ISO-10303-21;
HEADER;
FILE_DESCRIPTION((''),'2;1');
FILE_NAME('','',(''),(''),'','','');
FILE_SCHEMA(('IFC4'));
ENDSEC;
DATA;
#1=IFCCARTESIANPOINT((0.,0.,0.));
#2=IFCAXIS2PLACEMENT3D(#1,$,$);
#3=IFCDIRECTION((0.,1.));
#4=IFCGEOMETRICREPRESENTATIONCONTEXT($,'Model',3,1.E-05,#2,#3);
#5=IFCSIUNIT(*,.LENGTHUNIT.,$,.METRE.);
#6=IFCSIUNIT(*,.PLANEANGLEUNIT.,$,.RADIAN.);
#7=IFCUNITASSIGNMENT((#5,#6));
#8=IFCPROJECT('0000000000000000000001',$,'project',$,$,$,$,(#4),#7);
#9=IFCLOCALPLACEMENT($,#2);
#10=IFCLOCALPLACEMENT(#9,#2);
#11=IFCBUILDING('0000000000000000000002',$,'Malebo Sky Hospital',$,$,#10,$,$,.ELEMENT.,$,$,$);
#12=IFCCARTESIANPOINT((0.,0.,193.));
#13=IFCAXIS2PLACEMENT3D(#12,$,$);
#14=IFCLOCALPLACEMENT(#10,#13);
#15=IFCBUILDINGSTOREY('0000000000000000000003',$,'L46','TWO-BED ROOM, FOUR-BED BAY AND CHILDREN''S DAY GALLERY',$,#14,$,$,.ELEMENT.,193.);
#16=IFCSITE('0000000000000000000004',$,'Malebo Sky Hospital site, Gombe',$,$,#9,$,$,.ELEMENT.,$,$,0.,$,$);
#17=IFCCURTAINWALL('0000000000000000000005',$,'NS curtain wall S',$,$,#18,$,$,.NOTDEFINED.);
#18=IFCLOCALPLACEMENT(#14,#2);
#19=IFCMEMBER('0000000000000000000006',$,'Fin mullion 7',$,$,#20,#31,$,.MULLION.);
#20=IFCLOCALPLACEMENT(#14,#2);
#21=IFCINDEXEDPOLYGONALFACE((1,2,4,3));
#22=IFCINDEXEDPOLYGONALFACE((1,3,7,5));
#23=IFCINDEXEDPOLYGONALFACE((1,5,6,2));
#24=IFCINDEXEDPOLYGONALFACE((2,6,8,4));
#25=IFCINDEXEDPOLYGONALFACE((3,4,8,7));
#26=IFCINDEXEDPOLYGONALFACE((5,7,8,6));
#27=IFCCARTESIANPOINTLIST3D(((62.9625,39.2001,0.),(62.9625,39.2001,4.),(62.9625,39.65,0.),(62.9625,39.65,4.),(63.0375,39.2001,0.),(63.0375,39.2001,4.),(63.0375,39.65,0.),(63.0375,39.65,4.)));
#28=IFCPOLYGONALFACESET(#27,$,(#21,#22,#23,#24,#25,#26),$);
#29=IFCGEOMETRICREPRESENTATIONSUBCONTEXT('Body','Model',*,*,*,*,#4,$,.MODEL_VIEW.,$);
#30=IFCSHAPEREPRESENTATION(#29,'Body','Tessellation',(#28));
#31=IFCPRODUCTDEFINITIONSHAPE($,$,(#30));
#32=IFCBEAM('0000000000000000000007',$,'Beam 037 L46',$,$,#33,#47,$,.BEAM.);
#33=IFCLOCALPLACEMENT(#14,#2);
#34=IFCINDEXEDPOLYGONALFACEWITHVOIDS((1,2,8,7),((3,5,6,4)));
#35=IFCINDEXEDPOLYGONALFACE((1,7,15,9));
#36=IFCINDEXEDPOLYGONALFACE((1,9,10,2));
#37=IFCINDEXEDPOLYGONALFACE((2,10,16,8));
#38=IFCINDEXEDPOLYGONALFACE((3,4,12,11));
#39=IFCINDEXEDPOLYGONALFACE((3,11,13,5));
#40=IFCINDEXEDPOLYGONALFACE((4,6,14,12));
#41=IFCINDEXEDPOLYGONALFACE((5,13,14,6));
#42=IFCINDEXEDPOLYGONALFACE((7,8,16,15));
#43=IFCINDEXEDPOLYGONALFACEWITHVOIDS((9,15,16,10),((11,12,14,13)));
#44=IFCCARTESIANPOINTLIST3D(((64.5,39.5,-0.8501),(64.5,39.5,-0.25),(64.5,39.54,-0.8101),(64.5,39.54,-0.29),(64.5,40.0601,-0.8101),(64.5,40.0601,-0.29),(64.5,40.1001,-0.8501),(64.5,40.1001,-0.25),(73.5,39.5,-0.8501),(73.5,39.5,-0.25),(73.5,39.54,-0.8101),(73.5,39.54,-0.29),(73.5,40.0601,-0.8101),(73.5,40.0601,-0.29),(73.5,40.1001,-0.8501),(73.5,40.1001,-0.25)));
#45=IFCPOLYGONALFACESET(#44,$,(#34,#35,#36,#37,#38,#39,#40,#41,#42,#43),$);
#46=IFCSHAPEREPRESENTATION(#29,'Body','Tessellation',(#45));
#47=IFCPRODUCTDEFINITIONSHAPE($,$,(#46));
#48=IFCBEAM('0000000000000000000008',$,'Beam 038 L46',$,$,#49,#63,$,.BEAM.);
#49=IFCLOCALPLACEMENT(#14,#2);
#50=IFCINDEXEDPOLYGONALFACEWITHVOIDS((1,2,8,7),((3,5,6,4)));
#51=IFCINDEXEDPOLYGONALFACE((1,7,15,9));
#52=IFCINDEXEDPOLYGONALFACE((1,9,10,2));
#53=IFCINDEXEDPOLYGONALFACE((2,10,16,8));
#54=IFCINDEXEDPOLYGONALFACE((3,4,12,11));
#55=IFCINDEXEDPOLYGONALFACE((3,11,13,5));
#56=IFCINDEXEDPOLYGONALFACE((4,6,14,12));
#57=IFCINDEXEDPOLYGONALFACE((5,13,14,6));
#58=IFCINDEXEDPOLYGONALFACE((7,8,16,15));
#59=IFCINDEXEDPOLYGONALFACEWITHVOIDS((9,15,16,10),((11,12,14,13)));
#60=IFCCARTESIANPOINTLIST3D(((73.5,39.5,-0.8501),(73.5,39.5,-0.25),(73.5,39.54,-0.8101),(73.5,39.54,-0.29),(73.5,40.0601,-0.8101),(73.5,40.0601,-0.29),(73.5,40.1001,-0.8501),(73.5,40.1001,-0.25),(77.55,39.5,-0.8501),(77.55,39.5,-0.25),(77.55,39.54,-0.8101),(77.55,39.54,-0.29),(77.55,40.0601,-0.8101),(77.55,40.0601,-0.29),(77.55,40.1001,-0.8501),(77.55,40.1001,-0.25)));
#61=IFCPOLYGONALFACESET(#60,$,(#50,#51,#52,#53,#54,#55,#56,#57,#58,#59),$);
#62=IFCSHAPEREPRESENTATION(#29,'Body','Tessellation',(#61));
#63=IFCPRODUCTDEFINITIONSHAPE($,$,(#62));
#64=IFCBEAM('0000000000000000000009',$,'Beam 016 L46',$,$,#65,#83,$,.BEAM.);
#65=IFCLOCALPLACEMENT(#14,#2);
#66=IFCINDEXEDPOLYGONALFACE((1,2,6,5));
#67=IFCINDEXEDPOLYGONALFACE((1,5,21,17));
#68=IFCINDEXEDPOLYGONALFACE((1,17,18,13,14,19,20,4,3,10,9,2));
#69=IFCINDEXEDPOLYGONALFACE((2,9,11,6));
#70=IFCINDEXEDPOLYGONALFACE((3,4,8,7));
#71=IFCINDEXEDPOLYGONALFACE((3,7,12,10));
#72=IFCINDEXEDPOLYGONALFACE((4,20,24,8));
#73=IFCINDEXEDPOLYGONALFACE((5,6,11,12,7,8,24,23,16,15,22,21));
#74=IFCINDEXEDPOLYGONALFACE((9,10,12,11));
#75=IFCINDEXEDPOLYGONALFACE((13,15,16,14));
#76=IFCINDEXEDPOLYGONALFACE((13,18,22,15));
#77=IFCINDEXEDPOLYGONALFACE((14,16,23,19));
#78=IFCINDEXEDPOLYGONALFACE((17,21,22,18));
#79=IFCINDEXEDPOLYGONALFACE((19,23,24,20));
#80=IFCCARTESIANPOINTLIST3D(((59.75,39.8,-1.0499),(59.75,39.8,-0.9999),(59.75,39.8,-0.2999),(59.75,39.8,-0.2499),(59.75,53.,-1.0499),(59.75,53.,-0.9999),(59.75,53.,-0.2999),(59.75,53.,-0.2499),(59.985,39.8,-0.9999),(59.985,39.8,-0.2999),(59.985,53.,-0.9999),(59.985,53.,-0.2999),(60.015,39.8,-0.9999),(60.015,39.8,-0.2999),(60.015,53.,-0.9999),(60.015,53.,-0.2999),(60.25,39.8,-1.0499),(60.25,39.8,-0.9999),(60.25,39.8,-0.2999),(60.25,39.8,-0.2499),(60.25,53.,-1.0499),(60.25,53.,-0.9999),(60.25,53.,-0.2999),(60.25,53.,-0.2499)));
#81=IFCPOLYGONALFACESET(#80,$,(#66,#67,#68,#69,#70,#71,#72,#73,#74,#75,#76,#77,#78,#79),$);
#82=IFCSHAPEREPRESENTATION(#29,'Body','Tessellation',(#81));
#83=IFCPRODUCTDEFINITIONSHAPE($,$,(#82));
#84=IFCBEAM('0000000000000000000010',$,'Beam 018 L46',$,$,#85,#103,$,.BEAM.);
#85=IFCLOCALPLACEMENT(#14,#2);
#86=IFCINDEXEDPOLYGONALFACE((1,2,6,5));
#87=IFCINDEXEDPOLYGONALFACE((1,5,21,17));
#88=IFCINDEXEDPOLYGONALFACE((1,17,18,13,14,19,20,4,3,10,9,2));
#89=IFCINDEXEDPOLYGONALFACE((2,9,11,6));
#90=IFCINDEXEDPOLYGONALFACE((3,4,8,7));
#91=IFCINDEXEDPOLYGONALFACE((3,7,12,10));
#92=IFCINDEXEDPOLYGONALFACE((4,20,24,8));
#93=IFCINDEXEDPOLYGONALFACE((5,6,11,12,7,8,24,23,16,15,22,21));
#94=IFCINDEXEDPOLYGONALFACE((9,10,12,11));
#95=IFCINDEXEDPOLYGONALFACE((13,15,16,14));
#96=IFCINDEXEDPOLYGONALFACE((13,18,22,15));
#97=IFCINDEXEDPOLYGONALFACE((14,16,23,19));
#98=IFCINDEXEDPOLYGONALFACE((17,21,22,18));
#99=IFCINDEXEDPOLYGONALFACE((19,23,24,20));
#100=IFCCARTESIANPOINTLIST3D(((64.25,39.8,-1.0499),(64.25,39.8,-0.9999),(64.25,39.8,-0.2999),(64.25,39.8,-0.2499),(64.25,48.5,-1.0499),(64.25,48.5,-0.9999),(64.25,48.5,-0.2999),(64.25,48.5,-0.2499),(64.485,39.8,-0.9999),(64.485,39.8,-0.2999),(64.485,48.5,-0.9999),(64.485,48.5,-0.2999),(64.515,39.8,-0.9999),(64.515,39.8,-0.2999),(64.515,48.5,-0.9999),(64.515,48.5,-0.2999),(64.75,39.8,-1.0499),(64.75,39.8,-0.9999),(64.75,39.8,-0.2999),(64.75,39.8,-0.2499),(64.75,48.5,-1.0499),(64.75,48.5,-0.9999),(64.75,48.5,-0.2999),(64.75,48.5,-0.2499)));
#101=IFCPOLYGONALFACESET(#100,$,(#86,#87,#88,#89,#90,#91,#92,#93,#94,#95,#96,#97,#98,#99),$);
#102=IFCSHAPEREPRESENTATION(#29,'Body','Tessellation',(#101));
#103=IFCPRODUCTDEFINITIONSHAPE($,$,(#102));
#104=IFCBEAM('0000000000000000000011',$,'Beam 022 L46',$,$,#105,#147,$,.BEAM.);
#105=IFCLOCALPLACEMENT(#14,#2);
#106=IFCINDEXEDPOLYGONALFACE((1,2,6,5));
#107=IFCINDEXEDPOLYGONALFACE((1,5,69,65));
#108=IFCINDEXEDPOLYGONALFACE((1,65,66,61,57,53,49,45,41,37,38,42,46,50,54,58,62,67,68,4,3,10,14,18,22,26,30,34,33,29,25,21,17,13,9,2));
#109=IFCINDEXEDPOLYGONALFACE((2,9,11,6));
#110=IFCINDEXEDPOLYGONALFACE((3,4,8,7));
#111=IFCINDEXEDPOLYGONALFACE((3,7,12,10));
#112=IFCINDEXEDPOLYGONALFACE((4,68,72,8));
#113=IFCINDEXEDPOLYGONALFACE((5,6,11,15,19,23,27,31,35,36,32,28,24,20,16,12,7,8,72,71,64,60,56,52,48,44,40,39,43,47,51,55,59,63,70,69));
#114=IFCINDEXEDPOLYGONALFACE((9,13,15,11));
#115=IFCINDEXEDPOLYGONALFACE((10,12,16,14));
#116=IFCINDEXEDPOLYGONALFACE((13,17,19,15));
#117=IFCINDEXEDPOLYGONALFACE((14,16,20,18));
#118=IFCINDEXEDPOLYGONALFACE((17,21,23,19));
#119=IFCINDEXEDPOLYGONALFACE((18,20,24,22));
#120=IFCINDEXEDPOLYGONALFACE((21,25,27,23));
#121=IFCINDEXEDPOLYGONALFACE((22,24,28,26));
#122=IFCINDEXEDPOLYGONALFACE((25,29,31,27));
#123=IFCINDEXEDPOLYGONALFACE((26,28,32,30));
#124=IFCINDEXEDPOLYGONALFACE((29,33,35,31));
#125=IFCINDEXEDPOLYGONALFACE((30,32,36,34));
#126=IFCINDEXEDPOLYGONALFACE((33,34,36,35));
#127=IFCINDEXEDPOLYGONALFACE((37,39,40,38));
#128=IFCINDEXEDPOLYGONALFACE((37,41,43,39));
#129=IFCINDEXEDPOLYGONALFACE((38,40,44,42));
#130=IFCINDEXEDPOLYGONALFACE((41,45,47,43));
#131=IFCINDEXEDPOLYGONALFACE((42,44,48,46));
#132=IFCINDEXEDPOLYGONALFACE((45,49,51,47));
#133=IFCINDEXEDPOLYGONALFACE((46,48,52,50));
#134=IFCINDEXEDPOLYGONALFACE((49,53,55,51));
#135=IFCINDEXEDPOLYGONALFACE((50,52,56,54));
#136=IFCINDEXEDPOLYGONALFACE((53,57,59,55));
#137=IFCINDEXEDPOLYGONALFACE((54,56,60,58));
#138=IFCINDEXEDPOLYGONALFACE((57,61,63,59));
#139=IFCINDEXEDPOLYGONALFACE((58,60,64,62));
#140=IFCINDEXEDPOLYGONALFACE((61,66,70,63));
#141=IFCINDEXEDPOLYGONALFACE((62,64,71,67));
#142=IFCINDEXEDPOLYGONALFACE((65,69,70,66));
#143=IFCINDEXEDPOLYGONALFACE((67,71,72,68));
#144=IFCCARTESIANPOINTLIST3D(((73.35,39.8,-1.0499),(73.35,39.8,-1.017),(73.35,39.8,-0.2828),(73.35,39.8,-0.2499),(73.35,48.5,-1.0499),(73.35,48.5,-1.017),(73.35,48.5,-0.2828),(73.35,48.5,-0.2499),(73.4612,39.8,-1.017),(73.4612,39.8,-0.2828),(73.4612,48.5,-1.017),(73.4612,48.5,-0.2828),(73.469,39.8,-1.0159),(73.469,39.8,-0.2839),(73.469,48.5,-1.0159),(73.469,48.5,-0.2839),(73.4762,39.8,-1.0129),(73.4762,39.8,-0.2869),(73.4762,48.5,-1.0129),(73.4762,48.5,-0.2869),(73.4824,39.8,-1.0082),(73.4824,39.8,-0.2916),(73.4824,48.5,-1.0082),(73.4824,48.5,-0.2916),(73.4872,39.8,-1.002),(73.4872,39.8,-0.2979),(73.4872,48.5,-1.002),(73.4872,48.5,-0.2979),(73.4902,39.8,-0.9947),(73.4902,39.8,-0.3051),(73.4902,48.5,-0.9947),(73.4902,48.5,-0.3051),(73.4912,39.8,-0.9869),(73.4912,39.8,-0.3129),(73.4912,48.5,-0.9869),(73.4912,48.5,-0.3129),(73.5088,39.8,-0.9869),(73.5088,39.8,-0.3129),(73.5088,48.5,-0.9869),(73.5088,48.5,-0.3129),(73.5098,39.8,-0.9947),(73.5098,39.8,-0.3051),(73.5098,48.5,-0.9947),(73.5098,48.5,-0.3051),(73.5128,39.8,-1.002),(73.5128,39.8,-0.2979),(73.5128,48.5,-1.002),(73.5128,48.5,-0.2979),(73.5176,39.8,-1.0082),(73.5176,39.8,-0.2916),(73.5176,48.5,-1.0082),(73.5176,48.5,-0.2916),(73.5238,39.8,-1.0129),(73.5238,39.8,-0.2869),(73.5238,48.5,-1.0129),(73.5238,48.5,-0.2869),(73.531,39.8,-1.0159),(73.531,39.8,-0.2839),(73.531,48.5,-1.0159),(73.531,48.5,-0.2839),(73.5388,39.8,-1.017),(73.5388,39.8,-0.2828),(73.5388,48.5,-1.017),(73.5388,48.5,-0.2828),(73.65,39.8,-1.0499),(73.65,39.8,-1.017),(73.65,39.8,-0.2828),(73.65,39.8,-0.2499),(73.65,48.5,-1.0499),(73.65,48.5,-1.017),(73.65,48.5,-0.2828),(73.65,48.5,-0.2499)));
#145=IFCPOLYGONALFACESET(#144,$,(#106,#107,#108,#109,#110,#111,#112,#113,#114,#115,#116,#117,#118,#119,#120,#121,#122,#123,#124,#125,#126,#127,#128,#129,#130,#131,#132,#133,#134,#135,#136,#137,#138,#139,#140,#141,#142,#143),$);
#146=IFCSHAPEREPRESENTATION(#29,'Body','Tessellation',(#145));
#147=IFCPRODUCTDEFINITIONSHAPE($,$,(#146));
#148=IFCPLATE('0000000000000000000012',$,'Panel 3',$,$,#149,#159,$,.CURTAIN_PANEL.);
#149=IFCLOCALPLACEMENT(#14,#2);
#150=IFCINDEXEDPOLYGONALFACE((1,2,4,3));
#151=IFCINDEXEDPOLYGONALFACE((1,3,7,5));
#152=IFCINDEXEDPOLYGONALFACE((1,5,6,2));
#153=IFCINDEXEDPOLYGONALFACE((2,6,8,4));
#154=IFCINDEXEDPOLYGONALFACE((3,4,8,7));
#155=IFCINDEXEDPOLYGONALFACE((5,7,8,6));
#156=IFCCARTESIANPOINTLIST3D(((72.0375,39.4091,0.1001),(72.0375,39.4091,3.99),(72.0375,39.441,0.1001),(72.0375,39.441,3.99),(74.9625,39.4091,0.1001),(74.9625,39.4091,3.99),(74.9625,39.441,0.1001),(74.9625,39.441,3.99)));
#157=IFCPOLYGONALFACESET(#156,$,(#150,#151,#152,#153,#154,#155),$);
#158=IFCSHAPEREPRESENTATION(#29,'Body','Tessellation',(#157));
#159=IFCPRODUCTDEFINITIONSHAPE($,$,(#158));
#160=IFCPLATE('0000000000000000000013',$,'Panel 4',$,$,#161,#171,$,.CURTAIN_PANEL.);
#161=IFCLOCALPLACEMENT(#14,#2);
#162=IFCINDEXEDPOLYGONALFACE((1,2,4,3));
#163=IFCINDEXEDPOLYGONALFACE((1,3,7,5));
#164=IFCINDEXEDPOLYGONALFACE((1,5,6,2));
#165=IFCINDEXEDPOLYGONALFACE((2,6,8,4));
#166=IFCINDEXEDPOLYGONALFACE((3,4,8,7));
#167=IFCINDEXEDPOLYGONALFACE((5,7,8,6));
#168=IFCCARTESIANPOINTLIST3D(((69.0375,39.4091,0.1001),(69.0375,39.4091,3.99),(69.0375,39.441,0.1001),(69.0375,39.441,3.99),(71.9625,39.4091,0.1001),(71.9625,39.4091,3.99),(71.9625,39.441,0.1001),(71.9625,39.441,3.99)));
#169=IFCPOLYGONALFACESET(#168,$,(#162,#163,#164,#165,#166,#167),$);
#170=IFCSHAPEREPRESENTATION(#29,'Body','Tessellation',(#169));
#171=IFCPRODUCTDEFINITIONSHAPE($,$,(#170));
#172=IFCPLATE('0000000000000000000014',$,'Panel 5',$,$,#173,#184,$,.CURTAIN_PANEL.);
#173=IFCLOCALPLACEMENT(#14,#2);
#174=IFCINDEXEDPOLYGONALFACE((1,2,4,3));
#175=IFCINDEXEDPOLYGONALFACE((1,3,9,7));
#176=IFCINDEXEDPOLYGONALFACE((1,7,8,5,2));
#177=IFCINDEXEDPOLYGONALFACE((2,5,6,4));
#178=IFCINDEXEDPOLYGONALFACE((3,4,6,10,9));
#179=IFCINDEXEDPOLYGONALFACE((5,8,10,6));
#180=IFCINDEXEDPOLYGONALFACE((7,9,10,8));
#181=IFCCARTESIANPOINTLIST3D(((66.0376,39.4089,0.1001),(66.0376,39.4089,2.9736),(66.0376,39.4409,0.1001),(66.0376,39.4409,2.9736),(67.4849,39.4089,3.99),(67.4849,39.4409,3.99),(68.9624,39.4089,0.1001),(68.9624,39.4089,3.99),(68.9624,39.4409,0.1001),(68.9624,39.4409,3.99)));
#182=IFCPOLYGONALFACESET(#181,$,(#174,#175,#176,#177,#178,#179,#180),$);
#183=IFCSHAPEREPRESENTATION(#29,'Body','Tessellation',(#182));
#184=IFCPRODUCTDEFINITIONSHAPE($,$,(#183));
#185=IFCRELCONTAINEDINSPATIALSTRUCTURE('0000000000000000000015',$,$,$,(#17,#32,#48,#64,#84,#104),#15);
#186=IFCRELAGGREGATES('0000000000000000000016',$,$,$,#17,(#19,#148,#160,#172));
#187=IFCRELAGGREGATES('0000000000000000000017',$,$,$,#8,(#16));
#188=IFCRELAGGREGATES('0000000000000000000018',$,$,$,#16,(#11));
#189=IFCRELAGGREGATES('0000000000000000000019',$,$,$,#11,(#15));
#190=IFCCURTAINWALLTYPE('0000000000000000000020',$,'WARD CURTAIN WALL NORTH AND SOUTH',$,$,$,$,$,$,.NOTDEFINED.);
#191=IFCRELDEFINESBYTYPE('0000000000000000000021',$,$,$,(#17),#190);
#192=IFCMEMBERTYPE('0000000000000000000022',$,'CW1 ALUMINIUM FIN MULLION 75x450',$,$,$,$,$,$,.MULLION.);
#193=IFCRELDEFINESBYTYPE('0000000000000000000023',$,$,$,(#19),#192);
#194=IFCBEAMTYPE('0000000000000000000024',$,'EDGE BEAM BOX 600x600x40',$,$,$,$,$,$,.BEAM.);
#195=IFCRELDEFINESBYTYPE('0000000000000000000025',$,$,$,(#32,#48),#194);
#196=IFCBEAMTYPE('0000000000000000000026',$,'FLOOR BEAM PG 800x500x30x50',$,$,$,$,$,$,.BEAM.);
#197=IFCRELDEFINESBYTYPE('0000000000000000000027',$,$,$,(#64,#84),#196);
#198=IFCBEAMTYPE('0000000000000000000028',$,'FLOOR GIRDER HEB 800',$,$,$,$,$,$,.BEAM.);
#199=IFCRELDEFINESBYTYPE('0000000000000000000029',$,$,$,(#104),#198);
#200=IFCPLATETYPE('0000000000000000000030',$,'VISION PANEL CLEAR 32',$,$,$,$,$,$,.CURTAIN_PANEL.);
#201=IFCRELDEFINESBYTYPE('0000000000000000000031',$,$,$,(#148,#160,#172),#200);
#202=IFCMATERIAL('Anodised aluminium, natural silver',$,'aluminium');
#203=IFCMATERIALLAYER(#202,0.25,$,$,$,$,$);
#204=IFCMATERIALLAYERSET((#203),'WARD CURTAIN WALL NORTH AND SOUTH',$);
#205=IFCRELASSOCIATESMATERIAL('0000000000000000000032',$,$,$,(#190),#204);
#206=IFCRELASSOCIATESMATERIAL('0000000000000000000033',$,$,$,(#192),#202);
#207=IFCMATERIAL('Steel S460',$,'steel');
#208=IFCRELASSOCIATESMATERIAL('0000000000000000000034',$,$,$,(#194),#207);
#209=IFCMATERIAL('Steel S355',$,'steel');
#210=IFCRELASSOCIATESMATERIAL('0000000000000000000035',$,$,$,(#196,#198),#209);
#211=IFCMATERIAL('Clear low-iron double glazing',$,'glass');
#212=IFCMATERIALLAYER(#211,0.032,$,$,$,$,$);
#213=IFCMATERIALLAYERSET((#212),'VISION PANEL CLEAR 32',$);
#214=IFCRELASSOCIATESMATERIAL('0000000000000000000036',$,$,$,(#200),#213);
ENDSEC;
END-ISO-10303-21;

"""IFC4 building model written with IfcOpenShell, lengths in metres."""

from ifc_helpers import new_model, si_unit, direction, frame, origin, origin_2d, place, context, subcontext, project, spatial, polyline, rectangle, hollow_rectangle, i_section, outline, extrude, material, layer, layer_set, material_profile, profile_set, type_object, element, aggregate, save


model = new_model("IFC4")

# Units and contexts
model_context = context("Model", 3, precision=1e-05, world=origin(), true_north=direction((0.0, 1.0)))
body_context = subcontext(model_context, "Body", "Model", "MODEL_VIEW")
ifc_project = project(units=[si_unit("LENGTHUNIT", "METRE"), si_unit("PLANEANGLEUNIT", "RADIAN")], contexts=[model_context])

# Site, building, storey
site_placement = place(None, origin())
site = spatial("IfcSite", under=ifc_project, at=site_placement, Name="Malebo Sky Hospital site, Gombe", CompositionType="ELEMENT", RefElevation=0.0)
building_placement = place(site_placement, origin())
building = spatial("IfcBuilding", under=site, at=building_placement, Name="Malebo Sky Hospital", CompositionType="ELEMENT")
storey_placement = place(building_placement, frame((0.0, 0.0, 193.0)))
storey = spatial("IfcBuildingStorey", under=building, at=storey_placement, Name="L46", Description="TWO-BED ROOM, FOUR-BED BAY AND CHILDREN'S DAY GALLERY", CompositionType="ELEMENT", Elevation=193.0)

# Shared definitions
ifc_material_1 = material(Name="Steel S460", Category="steel")

# Curtain wall
ifc_material_2 = material(Name="Anodised aluminium, natural silver", Category="aluminium")
ifc_layer_1 = layer(ifc_material_2, 0.25)
ifc_layer_set_1 = layer_set([ifc_layer_1], Name="WARD CURTAIN WALL NORTH AND SOUTH")
curtain_wall_type = type_object("IfcCurtainWallType", Name="WARD CURTAIN WALL NORTH AND SOUTH", PredefinedType="NOTDEFINED", material=ifc_layer_set_1)
curtain_wall_placement = place(storey_placement, origin())
curtain_wall = element("IfcCurtainWall", 1, at=curtain_wall_placement, inside=storey, type_object=curtain_wall_type, Name="NS curtain wall S", PredefinedType="NOTDEFINED")

# Shared definitions
ifc_material_3 = material(Name="Steel S355", Category="steel")

# Member
ifc_material_profile_1 = material_profile(ifc_material_2, rectangle(XDim=0.075, YDim=0.45, at=origin_2d()), Name="CW1 ALUMINIUM FIN MULLION 75x450")
ifc_profile_set_1 = profile_set([ifc_material_profile_1], Name="Anodised aluminium, natural silver")
member_type_1 = type_object("IfcMemberType", Name="CW1 ALUMINIUM FIN MULLION 75x450", PredefinedType="MULLION", material=ifc_profile_set_1)
member_1_placement = place(storey_placement, frame((63.0, 39.425, 0.0), z_axis=(0.0, 0.0, 1.0), x_axis=(-1.0, 0.0, 0.0)))
member_1 = element("IfcMember", 2, at=member_1_placement, type_object=member_type_1, Name="Fin mullion 7", PredefinedType="MULLION", context=body_context, shape_type="SweptSolid", body=[
    extrude(rectangle(XDim=0.075, YDim=0.45, at=origin_2d()), origin(), (0.0, 0.0, 1.0), 4.0),
])

# Beams
ifc_material_profile_2 = material_profile(ifc_material_1, hollow_rectangle(XDim=0.6001, YDim=0.6001, WallThickness=0.04, at=origin_2d()), Name="BOX 600x600x40")
ifc_profile_set_2 = profile_set([ifc_material_profile_2], Name="Steel S460")
beam_type_1 = type_object("IfcBeamType", Name="EDGE BEAM BOX 600x600x40", PredefinedType="BEAM", material=ifc_profile_set_2)
beam_1_placement = place(storey_placement, frame((64.5, 39.8, -0.55), z_axis=(1.0, 0.0, 0.0), x_axis=(0.0, 1.0, 0.0)))
element("IfcBeam", 3, at=beam_1_placement, inside=storey, type_object=beam_type_1, Name="Beam 037 L46", PredefinedType="BEAM", context=body_context, shape_type="SweptSolid", body=[
    extrude(hollow_rectangle(XDim=0.6001, YDim=0.6001, WallThickness=0.04, at=origin_2d()), origin(), (0.0, 0.0, 1.0), 9.0),
])
beam_2_placement = place(storey_placement, frame((73.5, 39.8, -0.55), z_axis=(1.0, 0.0, 0.0), x_axis=(0.0, 1.0, 0.0)))
element("IfcBeam", 4, at=beam_2_placement, inside=storey, type_object=beam_type_1, Name="Beam 038 L46", PredefinedType="BEAM", context=body_context, shape_type="SweptSolid", body=[
    extrude(hollow_rectangle(XDim=0.6001, YDim=0.6001, WallThickness=0.04, at=origin_2d()), origin(), (0.0, 0.0, 1.0), 4.05),
])
ifc_material_profile_3 = material_profile(ifc_material_3, i_section(OverallWidth=0.5, OverallDepth=0.8, WebThickness=0.03, FlangeThickness=0.05, at=origin_2d()), Name="PG 800x500x30x50")
ifc_profile_set_3 = profile_set([ifc_material_profile_3], Name="Steel S355")
beam_type_2 = type_object("IfcBeamType", Name="FLOOR BEAM PG 800x500x30x50", PredefinedType="BEAM", material=ifc_profile_set_3)
beam_3_placement = place(storey_placement, frame((60.0, 39.8, -0.6499), z_axis=(0.0, 1.0, 0.0), x_axis=(-1.0, 0.0, 0.0)))
element("IfcBeam", 5, at=beam_3_placement, inside=storey, type_object=beam_type_2, Name="Beam 016 L46", PredefinedType="BEAM", context=body_context, shape_type="SweptSolid", body=[
    extrude(i_section(OverallWidth=0.5, OverallDepth=0.8, WebThickness=0.03, FlangeThickness=0.05, at=origin_2d()), origin(), (0.0, 0.0, 1.0), 13.2),
])
beam_4_placement = place(storey_placement, frame((64.5, 39.8, -0.6499), z_axis=(0.0, 1.0, 0.0), x_axis=(-1.0, 0.0, 0.0)))
element("IfcBeam", 6, at=beam_4_placement, inside=storey, type_object=beam_type_2, Name="Beam 018 L46", PredefinedType="BEAM", context=body_context, shape_type="SweptSolid", body=[
    extrude(i_section(OverallWidth=0.5, OverallDepth=0.8, WebThickness=0.03, FlangeThickness=0.05, at=origin_2d()), origin(), (0.0, 0.0, 1.0), 8.7),
])
ifc_material_profile_4 = material_profile(ifc_material_3, i_section(OverallWidth=0.3, OverallDepth=0.8, WebThickness=0.0176, FlangeThickness=0.033, FilletRadius=0.03, at=origin_2d()), Name="HEB 800")
ifc_profile_set_4 = profile_set([ifc_material_profile_4], Name="Steel S355")
beam_type_3 = type_object("IfcBeamType", Name="FLOOR GIRDER HEB 800", PredefinedType="BEAM", material=ifc_profile_set_4)
beam_5_placement = place(storey_placement, frame((73.5, 39.8, -0.6499), z_axis=(0.0, 1.0, 0.0), x_axis=(-1.0, 0.0, 0.0)))
element("IfcBeam", 7, at=beam_5_placement, inside=storey, type_object=beam_type_3, Name="Beam 022 L46", PredefinedType="BEAM", context=body_context, shape_type="SweptSolid", body=[
    extrude(i_section(OverallWidth=0.3, OverallDepth=0.8, WebThickness=0.0176, FlangeThickness=0.033, FilletRadius=0.03, at=origin_2d()), origin(), (0.0, 0.0, 1.0), 8.7),
])

# Plates
ifc_material_4 = material(Name="Clear low-iron double glazing", Category="glass")
ifc_layer_2 = layer(ifc_material_4, 0.032)
ifc_layer_set_2 = layer_set([ifc_layer_2], Name="VISION PANEL CLEAR 32")
plate_type = type_object("IfcPlateType", Name="VISION PANEL CLEAR 32", PredefinedType="CURTAIN_PANEL", material=ifc_layer_set_2)
plate_1_placement = place(storey_placement, frame((73.5, 39.425, 0.1001), z_axis=(0.0, 0.0, 1.0), x_axis=(-1.0, 0.0, 0.0)))
plate_1 = element("IfcPlate", 8, at=plate_1_placement, type_object=plate_type, Name="Panel 3", PredefinedType="CURTAIN_PANEL", context=body_context, shape_type="SweptSolid", body=[
    extrude(rectangle(XDim=2.925, YDim=0.032, at=origin_2d()), origin(), (0.0, 0.0, 1.0), 3.8899),
])
plate_2_placement = place(storey_placement, frame((70.5, 39.425, 0.1001), z_axis=(0.0, 0.0, 1.0), x_axis=(-1.0, 0.0, 0.0)))
plate_2 = element("IfcPlate", 9, at=plate_2_placement, type_object=plate_type, Name="Panel 4", PredefinedType="CURTAIN_PANEL", context=body_context, shape_type="SweptSolid", body=[
    extrude(rectangle(XDim=2.925, YDim=0.032, at=origin_2d()), origin(), (0.0, 0.0, 1.0), 3.8899),
])
plate_3_placement = place(storey_placement, frame((67.5, 39.425, 0.1001), z_axis=(0.0, 0.0, 1.0), x_axis=(-1.0, 0.0, 0.0)))
plate_3 = element("IfcPlate", 10, at=plate_3_placement, type_object=plate_type, Name="Panel 5", PredefinedType="CURTAIN_PANEL", context=body_context, shape_type="SweptSolid", body=[
    extrude(outline(polyline([(-1.4624, 0.0), (1.4624, 0.0), (1.4624, 2.8735), (0.0151, 3.8899), (-1.4624, 3.8899), (-1.4624, 0.0)])), frame((0.0, 0.0161, 0.0), z_axis=(0.0, -1.0, 0.0), x_axis=(1.0, 0.0, 0.0)), (0.0, 0.0, 1.0), 0.032),
])
aggregate(curtain_wall, [member_1, plate_1, plate_2, plate_3])

save(model, "model.ifc")
